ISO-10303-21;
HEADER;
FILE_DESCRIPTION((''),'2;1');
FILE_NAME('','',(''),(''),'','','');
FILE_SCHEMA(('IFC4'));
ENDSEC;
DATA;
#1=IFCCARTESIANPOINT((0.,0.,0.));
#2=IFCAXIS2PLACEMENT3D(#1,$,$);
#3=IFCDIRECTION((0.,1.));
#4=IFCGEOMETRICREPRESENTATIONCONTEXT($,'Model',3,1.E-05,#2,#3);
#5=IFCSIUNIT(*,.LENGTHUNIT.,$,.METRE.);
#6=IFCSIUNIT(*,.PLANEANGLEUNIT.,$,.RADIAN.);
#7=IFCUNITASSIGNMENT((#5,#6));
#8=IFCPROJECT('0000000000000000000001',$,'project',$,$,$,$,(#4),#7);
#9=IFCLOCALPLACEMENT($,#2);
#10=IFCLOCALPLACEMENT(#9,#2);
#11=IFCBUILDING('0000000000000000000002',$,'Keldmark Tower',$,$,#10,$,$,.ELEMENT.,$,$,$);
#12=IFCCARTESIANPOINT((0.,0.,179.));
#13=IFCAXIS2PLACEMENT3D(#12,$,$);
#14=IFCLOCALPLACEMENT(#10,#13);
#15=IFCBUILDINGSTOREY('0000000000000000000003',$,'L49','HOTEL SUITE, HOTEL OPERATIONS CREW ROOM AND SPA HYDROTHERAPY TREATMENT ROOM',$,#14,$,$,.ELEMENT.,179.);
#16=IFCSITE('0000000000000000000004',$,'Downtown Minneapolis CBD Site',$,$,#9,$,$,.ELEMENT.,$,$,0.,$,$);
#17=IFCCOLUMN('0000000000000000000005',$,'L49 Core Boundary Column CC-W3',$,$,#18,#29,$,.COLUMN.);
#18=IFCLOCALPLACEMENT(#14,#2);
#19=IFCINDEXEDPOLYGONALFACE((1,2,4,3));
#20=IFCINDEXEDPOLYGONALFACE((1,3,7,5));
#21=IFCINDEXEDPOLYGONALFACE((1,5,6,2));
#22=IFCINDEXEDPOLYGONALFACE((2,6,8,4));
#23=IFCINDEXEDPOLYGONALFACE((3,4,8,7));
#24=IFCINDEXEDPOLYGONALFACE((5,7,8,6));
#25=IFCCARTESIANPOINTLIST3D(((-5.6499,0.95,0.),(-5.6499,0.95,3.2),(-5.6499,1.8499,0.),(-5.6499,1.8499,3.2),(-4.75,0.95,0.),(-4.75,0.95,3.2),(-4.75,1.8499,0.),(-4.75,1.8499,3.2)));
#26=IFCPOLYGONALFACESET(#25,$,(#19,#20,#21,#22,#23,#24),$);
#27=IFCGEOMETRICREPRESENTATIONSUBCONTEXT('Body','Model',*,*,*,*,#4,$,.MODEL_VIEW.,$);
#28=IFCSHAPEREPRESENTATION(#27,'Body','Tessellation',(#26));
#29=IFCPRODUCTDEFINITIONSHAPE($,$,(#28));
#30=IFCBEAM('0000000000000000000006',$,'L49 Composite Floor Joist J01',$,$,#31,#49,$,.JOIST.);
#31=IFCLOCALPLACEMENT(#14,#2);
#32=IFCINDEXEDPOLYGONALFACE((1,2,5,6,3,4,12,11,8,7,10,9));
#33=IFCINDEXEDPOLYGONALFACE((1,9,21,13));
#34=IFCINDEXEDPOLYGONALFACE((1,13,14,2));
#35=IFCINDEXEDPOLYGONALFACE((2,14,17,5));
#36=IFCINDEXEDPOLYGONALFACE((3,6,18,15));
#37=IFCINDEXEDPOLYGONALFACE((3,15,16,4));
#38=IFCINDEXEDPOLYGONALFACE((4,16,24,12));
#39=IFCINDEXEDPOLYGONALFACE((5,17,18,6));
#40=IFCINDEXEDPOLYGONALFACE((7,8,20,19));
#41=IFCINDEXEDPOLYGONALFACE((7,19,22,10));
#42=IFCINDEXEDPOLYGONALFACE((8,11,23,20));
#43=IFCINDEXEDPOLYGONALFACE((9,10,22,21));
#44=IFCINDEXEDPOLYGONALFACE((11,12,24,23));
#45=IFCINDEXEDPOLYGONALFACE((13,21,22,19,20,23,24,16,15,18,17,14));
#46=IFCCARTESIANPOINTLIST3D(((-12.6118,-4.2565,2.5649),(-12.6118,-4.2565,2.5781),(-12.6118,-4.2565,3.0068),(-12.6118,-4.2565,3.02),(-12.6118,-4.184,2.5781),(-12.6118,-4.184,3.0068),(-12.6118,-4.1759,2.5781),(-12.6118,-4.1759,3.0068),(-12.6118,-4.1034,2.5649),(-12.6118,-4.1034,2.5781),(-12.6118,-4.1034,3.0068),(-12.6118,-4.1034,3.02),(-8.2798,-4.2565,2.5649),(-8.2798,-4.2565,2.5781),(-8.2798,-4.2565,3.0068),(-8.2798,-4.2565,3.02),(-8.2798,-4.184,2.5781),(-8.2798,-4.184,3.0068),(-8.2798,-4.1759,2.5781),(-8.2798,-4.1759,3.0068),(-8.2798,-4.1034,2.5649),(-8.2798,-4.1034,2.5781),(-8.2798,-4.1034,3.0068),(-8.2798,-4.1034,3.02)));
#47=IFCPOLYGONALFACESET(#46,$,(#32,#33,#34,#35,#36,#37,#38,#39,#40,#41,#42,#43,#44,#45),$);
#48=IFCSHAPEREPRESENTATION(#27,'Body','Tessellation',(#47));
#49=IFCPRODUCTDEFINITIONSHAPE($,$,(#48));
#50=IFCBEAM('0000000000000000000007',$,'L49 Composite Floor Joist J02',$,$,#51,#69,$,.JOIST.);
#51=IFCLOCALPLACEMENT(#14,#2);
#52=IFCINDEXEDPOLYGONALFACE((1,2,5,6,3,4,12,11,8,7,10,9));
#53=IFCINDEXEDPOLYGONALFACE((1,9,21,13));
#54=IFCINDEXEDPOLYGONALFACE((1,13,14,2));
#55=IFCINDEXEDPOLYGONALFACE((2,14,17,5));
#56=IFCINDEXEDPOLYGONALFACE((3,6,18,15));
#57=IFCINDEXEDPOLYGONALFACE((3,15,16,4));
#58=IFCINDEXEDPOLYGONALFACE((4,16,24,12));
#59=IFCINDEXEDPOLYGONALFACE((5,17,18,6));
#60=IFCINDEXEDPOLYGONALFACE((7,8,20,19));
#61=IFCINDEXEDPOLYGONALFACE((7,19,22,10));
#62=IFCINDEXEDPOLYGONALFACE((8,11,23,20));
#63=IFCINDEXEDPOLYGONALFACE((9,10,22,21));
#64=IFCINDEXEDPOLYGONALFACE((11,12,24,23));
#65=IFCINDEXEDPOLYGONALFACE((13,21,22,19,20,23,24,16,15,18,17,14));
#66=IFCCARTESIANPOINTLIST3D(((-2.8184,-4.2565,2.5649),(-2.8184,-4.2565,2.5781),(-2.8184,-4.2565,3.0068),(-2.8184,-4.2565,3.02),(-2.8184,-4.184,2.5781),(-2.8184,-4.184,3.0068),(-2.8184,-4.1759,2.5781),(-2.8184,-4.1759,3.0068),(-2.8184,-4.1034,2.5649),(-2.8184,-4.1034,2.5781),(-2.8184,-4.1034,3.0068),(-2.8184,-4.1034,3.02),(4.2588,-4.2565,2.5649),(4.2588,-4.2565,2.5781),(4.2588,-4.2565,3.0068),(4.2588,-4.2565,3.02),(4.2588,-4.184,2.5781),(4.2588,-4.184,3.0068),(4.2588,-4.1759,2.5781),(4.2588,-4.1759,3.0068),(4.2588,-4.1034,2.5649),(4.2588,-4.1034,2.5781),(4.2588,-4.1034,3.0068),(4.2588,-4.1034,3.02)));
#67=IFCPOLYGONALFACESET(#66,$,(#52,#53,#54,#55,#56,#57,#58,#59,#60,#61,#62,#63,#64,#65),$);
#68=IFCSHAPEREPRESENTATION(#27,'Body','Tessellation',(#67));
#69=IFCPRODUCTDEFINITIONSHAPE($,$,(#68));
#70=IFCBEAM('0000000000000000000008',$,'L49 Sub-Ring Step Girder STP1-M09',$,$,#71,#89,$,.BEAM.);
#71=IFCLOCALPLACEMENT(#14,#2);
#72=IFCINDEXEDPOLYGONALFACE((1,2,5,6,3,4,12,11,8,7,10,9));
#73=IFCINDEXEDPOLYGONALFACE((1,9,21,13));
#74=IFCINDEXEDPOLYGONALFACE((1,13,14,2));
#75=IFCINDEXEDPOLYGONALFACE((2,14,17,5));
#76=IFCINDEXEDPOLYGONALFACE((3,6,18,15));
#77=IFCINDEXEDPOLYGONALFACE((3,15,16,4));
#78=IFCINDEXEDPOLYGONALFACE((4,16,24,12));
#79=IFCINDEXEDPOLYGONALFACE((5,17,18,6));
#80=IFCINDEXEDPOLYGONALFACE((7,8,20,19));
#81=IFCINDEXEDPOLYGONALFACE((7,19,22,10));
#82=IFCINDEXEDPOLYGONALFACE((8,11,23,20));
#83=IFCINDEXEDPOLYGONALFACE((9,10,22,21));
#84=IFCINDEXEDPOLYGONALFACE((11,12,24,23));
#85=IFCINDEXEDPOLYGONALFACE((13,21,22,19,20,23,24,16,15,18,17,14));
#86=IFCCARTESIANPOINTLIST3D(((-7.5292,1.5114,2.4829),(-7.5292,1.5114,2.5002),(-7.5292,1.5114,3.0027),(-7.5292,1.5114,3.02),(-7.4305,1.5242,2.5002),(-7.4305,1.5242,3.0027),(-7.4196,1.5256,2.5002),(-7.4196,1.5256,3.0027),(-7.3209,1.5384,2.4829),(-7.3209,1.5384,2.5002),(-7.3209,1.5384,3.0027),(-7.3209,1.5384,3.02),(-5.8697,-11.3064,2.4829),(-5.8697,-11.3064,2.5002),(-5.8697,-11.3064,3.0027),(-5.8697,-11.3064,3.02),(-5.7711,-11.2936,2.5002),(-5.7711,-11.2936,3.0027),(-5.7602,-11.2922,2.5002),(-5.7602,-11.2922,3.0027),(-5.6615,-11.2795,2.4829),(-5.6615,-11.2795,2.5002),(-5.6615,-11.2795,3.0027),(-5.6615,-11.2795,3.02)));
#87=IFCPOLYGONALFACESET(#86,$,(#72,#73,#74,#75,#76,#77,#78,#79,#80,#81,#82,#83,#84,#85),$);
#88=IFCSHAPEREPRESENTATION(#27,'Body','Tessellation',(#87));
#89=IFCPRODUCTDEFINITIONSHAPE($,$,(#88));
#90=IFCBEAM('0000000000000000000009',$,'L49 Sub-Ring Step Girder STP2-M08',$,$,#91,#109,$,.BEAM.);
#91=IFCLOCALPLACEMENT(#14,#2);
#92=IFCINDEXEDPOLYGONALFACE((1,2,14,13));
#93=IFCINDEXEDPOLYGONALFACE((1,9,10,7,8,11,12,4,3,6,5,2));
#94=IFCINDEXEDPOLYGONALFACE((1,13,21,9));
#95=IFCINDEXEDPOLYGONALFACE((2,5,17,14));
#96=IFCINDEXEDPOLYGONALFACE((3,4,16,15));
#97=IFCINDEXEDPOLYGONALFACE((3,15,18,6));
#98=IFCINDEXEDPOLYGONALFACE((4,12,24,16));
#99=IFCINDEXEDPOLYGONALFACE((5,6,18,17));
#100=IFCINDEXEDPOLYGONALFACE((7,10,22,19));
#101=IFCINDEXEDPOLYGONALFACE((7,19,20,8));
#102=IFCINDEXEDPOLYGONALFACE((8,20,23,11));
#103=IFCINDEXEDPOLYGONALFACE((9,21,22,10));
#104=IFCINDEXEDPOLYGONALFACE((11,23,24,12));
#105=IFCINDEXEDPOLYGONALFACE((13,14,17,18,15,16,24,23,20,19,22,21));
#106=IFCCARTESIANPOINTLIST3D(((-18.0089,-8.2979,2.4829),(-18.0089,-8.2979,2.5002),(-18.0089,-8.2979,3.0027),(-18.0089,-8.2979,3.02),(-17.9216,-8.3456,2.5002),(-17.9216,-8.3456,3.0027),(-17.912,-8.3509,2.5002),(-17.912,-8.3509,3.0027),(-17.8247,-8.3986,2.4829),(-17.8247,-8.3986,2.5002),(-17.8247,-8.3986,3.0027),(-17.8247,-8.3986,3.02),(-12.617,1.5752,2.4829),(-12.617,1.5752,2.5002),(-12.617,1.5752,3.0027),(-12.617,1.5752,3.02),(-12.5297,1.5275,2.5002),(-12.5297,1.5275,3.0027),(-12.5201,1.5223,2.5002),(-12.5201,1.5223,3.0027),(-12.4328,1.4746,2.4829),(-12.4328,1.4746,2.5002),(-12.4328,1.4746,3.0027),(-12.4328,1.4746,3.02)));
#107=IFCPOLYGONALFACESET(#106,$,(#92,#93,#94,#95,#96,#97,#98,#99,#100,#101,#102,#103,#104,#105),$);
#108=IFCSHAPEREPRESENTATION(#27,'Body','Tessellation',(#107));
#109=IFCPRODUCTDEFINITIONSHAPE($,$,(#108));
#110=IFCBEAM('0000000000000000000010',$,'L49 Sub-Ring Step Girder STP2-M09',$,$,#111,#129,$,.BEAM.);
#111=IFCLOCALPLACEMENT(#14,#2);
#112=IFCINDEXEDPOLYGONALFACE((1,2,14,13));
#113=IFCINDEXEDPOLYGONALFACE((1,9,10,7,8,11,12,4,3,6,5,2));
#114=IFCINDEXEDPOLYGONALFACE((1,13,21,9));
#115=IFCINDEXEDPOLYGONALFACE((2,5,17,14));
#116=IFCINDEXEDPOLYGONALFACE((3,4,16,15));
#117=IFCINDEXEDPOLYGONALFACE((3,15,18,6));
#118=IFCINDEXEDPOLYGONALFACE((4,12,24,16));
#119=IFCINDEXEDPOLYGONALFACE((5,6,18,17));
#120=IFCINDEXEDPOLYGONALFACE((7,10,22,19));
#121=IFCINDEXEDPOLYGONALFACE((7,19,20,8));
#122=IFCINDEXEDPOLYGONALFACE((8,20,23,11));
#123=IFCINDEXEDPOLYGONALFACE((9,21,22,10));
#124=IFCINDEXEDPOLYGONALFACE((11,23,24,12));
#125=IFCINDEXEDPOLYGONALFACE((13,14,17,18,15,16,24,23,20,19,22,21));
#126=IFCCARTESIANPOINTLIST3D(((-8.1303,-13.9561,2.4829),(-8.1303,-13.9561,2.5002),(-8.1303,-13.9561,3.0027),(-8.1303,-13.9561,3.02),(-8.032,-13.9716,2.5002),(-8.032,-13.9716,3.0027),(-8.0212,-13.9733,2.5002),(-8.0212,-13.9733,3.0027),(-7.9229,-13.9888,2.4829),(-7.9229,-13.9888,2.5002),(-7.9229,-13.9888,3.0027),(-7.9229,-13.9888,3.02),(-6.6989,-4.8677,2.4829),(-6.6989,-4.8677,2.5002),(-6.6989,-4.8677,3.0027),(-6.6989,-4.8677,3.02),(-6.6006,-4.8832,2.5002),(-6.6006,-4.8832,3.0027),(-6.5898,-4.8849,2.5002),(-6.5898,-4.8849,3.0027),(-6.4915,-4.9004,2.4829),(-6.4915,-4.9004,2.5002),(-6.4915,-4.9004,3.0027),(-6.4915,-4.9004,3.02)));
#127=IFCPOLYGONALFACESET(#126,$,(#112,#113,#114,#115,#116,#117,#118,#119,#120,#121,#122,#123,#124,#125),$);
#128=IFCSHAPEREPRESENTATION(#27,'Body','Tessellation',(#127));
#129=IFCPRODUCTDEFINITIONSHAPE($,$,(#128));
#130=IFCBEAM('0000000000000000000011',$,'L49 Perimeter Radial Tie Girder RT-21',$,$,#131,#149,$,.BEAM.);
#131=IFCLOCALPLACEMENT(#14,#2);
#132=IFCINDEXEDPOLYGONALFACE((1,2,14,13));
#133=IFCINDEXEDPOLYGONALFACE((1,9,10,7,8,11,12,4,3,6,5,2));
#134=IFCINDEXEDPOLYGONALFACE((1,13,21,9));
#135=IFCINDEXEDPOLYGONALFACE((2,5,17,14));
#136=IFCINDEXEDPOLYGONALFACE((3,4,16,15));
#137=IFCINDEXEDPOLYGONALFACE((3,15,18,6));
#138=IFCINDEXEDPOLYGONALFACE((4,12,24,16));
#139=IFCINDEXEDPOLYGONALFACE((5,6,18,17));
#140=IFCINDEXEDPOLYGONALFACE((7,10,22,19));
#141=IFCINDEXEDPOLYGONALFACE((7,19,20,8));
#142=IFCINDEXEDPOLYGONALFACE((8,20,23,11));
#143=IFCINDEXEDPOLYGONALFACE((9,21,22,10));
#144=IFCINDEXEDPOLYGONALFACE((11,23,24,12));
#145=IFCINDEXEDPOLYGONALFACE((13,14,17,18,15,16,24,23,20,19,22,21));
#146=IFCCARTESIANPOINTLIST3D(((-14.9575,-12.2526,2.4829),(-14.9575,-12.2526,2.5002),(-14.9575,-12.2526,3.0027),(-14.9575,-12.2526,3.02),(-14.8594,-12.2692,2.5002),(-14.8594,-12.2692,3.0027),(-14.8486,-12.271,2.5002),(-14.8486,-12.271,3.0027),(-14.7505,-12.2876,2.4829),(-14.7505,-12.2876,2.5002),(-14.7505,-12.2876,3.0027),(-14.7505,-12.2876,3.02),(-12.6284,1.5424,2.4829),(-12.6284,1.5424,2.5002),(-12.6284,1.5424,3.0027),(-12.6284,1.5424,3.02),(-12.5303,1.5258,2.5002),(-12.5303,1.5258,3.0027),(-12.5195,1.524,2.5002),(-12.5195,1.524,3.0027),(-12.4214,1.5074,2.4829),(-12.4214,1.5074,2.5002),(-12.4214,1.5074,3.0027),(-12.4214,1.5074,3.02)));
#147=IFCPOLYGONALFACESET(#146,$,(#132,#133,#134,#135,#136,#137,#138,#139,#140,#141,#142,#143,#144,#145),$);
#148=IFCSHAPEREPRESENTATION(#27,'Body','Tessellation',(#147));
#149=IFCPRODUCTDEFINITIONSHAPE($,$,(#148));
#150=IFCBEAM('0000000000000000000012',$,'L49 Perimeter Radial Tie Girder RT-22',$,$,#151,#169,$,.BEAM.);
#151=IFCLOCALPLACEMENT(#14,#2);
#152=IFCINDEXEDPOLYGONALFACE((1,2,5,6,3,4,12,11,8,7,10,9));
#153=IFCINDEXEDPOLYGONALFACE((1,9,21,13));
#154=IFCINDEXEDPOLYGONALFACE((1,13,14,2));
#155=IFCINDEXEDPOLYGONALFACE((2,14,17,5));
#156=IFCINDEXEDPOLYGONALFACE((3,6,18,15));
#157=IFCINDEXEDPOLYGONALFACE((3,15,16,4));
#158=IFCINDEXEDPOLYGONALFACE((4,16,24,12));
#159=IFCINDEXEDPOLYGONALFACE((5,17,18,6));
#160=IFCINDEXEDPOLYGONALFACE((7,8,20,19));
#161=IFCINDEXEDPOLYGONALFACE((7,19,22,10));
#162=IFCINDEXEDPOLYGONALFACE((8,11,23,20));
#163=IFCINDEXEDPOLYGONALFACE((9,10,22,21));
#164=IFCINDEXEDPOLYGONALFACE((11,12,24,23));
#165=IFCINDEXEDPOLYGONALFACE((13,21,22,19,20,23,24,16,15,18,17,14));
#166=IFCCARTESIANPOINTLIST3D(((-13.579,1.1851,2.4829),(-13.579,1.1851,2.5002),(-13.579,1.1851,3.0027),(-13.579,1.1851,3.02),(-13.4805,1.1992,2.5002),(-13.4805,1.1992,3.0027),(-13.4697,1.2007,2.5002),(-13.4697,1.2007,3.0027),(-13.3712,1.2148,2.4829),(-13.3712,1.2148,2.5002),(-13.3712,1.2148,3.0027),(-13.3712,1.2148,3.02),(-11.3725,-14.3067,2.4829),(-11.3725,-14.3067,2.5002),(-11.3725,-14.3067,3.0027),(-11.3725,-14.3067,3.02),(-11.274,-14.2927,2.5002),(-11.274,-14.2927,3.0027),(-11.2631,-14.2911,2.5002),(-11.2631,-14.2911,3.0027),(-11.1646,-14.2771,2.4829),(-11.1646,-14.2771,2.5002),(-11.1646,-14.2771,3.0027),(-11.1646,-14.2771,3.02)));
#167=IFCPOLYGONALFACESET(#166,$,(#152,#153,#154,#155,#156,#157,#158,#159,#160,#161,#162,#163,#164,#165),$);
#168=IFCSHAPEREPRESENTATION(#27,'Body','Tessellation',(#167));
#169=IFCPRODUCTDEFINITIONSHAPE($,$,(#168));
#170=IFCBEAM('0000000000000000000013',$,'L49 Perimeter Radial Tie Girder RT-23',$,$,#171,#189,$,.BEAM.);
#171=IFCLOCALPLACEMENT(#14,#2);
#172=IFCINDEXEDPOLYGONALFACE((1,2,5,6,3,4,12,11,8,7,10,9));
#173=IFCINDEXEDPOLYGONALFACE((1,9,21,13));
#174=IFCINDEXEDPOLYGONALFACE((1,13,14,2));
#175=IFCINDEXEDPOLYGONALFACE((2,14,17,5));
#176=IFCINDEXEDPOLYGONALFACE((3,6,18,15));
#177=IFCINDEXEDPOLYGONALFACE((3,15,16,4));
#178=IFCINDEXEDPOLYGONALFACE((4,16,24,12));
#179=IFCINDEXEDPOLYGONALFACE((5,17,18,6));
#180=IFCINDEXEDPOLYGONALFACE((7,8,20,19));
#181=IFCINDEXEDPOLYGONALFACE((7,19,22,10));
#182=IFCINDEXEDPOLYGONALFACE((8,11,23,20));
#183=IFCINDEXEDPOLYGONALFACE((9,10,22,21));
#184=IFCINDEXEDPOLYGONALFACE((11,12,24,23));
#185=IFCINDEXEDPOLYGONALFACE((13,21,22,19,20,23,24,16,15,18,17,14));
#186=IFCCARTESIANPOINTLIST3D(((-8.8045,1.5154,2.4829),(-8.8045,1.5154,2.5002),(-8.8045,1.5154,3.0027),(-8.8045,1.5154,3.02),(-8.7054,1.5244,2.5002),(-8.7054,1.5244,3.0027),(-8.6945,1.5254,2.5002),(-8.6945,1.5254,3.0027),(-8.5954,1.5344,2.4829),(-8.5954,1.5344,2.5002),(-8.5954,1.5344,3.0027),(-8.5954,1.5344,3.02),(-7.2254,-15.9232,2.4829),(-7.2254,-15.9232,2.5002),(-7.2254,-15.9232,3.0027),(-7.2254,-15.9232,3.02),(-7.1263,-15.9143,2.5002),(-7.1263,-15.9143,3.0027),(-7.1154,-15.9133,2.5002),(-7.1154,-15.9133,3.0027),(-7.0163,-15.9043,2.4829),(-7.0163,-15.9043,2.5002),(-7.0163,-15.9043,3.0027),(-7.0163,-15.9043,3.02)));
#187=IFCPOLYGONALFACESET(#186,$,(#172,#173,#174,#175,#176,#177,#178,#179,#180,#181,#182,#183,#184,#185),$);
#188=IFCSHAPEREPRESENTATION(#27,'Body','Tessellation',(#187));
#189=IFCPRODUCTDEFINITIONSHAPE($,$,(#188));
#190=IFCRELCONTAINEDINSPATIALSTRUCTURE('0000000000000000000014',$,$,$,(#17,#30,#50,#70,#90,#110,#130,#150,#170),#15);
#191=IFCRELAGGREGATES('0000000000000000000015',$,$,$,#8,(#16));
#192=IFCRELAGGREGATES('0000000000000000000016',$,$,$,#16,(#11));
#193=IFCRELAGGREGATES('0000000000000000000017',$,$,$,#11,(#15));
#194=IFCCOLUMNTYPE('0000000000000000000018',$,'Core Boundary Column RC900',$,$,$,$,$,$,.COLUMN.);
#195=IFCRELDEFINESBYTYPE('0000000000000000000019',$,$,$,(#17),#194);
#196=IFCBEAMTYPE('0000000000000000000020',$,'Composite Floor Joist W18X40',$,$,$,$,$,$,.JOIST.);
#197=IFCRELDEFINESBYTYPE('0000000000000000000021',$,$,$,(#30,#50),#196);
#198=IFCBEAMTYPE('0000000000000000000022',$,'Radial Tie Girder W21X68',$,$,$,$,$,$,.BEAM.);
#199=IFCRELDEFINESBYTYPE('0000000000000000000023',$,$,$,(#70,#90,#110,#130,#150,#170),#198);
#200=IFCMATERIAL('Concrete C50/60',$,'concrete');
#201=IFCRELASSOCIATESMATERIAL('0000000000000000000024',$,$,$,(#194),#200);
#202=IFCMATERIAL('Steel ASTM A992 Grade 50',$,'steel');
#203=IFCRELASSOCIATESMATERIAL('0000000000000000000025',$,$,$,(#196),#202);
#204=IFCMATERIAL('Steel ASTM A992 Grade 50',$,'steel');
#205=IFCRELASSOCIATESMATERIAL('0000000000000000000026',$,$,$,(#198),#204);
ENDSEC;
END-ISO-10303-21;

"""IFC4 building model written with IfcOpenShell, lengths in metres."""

from ifc_helpers import new_model, si_unit, direction, frame, origin, origin_2d, place, context, subcontext, project, spatial, rectangle, i_section, extrude, material, material_profile, profile_set, type_object, element, save


model = new_model("IFC4")

# Units and contexts
model_context = context("Model", 3, precision=1e-05, world=origin(), true_north=direction((0.0, 1.0)))
body_context = subcontext(model_context, "Body", "Model", "MODEL_VIEW")
ifc_project = project(units=[si_unit("LENGTHUNIT", "METRE"), si_unit("PLANEANGLEUNIT", "RADIAN")], contexts=[model_context])

# Site, building, storey
site_placement = place(None, origin())
site = spatial("IfcSite", under=ifc_project, at=site_placement, Name="Downtown Minneapolis CBD Site", CompositionType="ELEMENT", RefElevation=0.0)
building_placement = place(site_placement, origin())
building = spatial("IfcBuilding", under=site, at=building_placement, Name="Keldmark Tower", CompositionType="ELEMENT")
storey_placement = place(building_placement, frame((0.0, 0.0, 179.0)))
storey = spatial("IfcBuildingStorey", under=building, at=storey_placement, Name="L49", Description="HOTEL SUITE, HOTEL OPERATIONS CREW ROOM AND SPA HYDROTHERAPY TREATMENT ROOM", CompositionType="ELEMENT", Elevation=179.0)

# Column
ifc_material_1 = material(Name="Concrete C50/60", Category="concrete")
ifc_material_profile_1 = material_profile(ifc_material_1, rectangle(XDim=0.8999, YDim=0.8999, at=origin_2d()), Name="RC900X900")
ifc_profile_set_1 = profile_set([ifc_material_profile_1], Name="Concrete C50/60")
column_type = type_object("IfcColumnType", Name="Core Boundary Column RC900", PredefinedType="COLUMN", material=ifc_profile_set_1)
column_placement = place(storey_placement, frame((-5.2, 1.3999, 0.0), z_axis=(0.0, 0.0, 1.0), x_axis=(1.0, 0.0, 0.0)))
element("IfcColumn", 1, at=column_placement, inside=storey, type_object=column_type, Name="L49 Core Boundary Column CC-W3", PredefinedType="COLUMN", context=body_context, shape_type="SweptSolid", body=[
    extrude(rectangle(XDim=0.8999, YDim=0.8999, at=origin_2d()), origin(), (0.0, 0.0, 1.0), 3.2),
])

# Beams
ifc_material_2 = material(Name="Steel ASTM A992 Grade 50", Category="steel")
ifc_material_profile_2 = material_profile(ifc_material_2, i_section(OverallWidth=0.1531, OverallDepth=0.4551, WebThickness=0.0081, FlangeThickness=0.0132, at=origin_2d()), Name="W18X40")
ifc_profile_set_2 = profile_set([ifc_material_profile_2], Name="Steel ASTM A992 Grade 50")
beam_type_1 = type_object("IfcBeamType", Name="Composite Floor Joist W18X40", PredefinedType="JOIST", material=ifc_profile_set_2)
beam_1_placement = place(storey_placement, frame((-12.6118, -4.1799, 2.7925), z_axis=(1.0, 0.0, 0.0), x_axis=(0.0, 1.0, 0.0)))
element("IfcBeam", 2, at=beam_1_placement, inside=storey, type_object=beam_type_1, Name="L49 Composite Floor Joist J01", PredefinedType="JOIST", context=body_context, shape_type="SweptSolid", body=[
    extrude(i_section(OverallWidth=0.1531, OverallDepth=0.4551, WebThickness=0.0081, FlangeThickness=0.0132, at=origin_2d()), origin(), (0.0, 0.0, 1.0), 4.332),
])
beam_2_placement = place(storey_placement, frame((-2.8184, -4.1799, 2.7925), z_axis=(1.0, 0.0, 0.0), x_axis=(0.0, 1.0, 0.0)))
element("IfcBeam", 3, at=beam_2_placement, inside=storey, type_object=beam_type_1, Name="L49 Composite Floor Joist J02", PredefinedType="JOIST", context=body_context, shape_type="SweptSolid", body=[
    extrude(i_section(OverallWidth=0.1531, OverallDepth=0.4551, WebThickness=0.0081, FlangeThickness=0.0132, at=origin_2d()), origin(), (0.0, 0.0, 1.0), 7.0771),
])
ifc_material_3 = material(Name="Steel ASTM A992 Grade 50", Category="steel")
ifc_material_profile_3 = material_profile(ifc_material_3, i_section(OverallWidth=0.21, OverallDepth=0.5371, WebThickness=0.011, FlangeThickness=0.0173, at=origin_2d()), Name="W21X68")
ifc_profile_set_3 = profile_set([ifc_material_profile_3], Name="Steel ASTM A992 Grade 50")
beam_type_2 = type_object("IfcBeamType", Name="Radial Tie Girder W21X68", PredefinedType="BEAM", material=ifc_profile_set_3)
beam_3_placement = place(storey_placement, frame((-7.425, 1.5249, 2.7515), z_axis=(0.12839, -0.991724, 0.0), x_axis=(0.991724, 0.12839, 0.0)))
element("IfcBeam", 4, at=beam_3_placement, inside=storey, type_object=beam_type_2, Name="L49 Sub-Ring Step Girder STP1-M09", PredefinedType="BEAM", context=body_context, shape_type="SweptSolid", body=[
    extrude(i_section(OverallWidth=0.21, OverallDepth=0.5371, WebThickness=0.011, FlangeThickness=0.0173, at=origin_2d()), origin(), (0.0, 0.0, 1.0), 12.9248),
])
beam_4_placement = place(storey_placement, frame((-12.5249, 1.5249, 2.7515), z_axis=(-0.479301, -0.877651, 0.0), x_axis=(0.877651, -0.479301, 0.0)))
element("IfcBeam", 5, at=beam_4_placement, inside=storey, type_object=beam_type_2, Name="L49 Sub-Ring Step Girder STP2-M08", PredefinedType="BEAM", context=body_context, shape_type="SweptSolid", body=[
    extrude(i_section(OverallWidth=0.21, OverallDepth=0.5371, WebThickness=0.011, FlangeThickness=0.0173, at=origin_2d()), origin(), (0.0, 0.0, 1.0), 11.2495),
])
beam_5_placement = place(storey_placement, frame((-6.5952, -4.884, 2.7515), z_axis=(-0.15558, -0.987823, 0.0), x_axis=(0.987823, -0.15558, 0.0)))
element("IfcBeam", 6, at=beam_5_placement, inside=storey, type_object=beam_type_2, Name="L49 Sub-Ring Step Girder STP2-M09", PredefinedType="BEAM", context=body_context, shape_type="SweptSolid", body=[
    extrude(i_section(OverallWidth=0.21, OverallDepth=0.5371, WebThickness=0.011, FlangeThickness=0.0173, at=origin_2d()), origin(), (0.0, 0.0, 1.0), 9.2004),
])
beam_6_placement = place(storey_placement, frame((-12.5249, 1.5249, 2.7515), z_axis=(-0.166481, -0.986045, 0.0), x_axis=(0.986045, -0.166481, 0.0)))
element("IfcBeam", 7, at=beam_6_placement, inside=storey, type_object=beam_type_2, Name="L49 Perimeter Radial Tie Girder RT-21", PredefinedType="BEAM", context=body_context, shape_type="SweptSolid", body=[
    extrude(i_section(OverallWidth=0.21, OverallDepth=0.5371, WebThickness=0.011, FlangeThickness=0.0173, at=origin_2d()), origin(), (0.0, 0.0, 1.0), 13.9902),
])
beam_7_placement = place(storey_placement, frame((-13.4751, 1.2, 2.7515), z_axis=(0.141009, -0.990008, 0.0), x_axis=(0.990008, 0.141009, 0.0)))
element("IfcBeam", 8, at=beam_7_placement, inside=storey, type_object=beam_type_2, Name="L49 Perimeter Radial Tie Girder RT-22", PredefinedType="BEAM", context=body_context, shape_type="SweptSolid", body=[
    extrude(i_section(OverallWidth=0.21, OverallDepth=0.5371, WebThickness=0.011, FlangeThickness=0.0173, at=origin_2d()), origin(), (0.0, 0.0, 1.0), 15.6482),
])
beam_8_placement = place(storey_placement, frame((-8.7, 1.5249, 2.7515), z_axis=(0.090182, -0.995925, 0.0), x_axis=(0.995925, 0.090182, 0.0)))
element("IfcBeam", 9, at=beam_8_placement, inside=storey, type_object=beam_type_2, Name="L49 Perimeter Radial Tie Girder RT-23", PredefinedType="BEAM", context=body_context, shape_type="SweptSolid", body=[
    extrude(i_section(OverallWidth=0.21, OverallDepth=0.5371, WebThickness=0.011, FlangeThickness=0.0173, at=origin_2d()), origin(), (0.0, 0.0, 1.0), 17.51),
])

save(model, "model.ifc")
